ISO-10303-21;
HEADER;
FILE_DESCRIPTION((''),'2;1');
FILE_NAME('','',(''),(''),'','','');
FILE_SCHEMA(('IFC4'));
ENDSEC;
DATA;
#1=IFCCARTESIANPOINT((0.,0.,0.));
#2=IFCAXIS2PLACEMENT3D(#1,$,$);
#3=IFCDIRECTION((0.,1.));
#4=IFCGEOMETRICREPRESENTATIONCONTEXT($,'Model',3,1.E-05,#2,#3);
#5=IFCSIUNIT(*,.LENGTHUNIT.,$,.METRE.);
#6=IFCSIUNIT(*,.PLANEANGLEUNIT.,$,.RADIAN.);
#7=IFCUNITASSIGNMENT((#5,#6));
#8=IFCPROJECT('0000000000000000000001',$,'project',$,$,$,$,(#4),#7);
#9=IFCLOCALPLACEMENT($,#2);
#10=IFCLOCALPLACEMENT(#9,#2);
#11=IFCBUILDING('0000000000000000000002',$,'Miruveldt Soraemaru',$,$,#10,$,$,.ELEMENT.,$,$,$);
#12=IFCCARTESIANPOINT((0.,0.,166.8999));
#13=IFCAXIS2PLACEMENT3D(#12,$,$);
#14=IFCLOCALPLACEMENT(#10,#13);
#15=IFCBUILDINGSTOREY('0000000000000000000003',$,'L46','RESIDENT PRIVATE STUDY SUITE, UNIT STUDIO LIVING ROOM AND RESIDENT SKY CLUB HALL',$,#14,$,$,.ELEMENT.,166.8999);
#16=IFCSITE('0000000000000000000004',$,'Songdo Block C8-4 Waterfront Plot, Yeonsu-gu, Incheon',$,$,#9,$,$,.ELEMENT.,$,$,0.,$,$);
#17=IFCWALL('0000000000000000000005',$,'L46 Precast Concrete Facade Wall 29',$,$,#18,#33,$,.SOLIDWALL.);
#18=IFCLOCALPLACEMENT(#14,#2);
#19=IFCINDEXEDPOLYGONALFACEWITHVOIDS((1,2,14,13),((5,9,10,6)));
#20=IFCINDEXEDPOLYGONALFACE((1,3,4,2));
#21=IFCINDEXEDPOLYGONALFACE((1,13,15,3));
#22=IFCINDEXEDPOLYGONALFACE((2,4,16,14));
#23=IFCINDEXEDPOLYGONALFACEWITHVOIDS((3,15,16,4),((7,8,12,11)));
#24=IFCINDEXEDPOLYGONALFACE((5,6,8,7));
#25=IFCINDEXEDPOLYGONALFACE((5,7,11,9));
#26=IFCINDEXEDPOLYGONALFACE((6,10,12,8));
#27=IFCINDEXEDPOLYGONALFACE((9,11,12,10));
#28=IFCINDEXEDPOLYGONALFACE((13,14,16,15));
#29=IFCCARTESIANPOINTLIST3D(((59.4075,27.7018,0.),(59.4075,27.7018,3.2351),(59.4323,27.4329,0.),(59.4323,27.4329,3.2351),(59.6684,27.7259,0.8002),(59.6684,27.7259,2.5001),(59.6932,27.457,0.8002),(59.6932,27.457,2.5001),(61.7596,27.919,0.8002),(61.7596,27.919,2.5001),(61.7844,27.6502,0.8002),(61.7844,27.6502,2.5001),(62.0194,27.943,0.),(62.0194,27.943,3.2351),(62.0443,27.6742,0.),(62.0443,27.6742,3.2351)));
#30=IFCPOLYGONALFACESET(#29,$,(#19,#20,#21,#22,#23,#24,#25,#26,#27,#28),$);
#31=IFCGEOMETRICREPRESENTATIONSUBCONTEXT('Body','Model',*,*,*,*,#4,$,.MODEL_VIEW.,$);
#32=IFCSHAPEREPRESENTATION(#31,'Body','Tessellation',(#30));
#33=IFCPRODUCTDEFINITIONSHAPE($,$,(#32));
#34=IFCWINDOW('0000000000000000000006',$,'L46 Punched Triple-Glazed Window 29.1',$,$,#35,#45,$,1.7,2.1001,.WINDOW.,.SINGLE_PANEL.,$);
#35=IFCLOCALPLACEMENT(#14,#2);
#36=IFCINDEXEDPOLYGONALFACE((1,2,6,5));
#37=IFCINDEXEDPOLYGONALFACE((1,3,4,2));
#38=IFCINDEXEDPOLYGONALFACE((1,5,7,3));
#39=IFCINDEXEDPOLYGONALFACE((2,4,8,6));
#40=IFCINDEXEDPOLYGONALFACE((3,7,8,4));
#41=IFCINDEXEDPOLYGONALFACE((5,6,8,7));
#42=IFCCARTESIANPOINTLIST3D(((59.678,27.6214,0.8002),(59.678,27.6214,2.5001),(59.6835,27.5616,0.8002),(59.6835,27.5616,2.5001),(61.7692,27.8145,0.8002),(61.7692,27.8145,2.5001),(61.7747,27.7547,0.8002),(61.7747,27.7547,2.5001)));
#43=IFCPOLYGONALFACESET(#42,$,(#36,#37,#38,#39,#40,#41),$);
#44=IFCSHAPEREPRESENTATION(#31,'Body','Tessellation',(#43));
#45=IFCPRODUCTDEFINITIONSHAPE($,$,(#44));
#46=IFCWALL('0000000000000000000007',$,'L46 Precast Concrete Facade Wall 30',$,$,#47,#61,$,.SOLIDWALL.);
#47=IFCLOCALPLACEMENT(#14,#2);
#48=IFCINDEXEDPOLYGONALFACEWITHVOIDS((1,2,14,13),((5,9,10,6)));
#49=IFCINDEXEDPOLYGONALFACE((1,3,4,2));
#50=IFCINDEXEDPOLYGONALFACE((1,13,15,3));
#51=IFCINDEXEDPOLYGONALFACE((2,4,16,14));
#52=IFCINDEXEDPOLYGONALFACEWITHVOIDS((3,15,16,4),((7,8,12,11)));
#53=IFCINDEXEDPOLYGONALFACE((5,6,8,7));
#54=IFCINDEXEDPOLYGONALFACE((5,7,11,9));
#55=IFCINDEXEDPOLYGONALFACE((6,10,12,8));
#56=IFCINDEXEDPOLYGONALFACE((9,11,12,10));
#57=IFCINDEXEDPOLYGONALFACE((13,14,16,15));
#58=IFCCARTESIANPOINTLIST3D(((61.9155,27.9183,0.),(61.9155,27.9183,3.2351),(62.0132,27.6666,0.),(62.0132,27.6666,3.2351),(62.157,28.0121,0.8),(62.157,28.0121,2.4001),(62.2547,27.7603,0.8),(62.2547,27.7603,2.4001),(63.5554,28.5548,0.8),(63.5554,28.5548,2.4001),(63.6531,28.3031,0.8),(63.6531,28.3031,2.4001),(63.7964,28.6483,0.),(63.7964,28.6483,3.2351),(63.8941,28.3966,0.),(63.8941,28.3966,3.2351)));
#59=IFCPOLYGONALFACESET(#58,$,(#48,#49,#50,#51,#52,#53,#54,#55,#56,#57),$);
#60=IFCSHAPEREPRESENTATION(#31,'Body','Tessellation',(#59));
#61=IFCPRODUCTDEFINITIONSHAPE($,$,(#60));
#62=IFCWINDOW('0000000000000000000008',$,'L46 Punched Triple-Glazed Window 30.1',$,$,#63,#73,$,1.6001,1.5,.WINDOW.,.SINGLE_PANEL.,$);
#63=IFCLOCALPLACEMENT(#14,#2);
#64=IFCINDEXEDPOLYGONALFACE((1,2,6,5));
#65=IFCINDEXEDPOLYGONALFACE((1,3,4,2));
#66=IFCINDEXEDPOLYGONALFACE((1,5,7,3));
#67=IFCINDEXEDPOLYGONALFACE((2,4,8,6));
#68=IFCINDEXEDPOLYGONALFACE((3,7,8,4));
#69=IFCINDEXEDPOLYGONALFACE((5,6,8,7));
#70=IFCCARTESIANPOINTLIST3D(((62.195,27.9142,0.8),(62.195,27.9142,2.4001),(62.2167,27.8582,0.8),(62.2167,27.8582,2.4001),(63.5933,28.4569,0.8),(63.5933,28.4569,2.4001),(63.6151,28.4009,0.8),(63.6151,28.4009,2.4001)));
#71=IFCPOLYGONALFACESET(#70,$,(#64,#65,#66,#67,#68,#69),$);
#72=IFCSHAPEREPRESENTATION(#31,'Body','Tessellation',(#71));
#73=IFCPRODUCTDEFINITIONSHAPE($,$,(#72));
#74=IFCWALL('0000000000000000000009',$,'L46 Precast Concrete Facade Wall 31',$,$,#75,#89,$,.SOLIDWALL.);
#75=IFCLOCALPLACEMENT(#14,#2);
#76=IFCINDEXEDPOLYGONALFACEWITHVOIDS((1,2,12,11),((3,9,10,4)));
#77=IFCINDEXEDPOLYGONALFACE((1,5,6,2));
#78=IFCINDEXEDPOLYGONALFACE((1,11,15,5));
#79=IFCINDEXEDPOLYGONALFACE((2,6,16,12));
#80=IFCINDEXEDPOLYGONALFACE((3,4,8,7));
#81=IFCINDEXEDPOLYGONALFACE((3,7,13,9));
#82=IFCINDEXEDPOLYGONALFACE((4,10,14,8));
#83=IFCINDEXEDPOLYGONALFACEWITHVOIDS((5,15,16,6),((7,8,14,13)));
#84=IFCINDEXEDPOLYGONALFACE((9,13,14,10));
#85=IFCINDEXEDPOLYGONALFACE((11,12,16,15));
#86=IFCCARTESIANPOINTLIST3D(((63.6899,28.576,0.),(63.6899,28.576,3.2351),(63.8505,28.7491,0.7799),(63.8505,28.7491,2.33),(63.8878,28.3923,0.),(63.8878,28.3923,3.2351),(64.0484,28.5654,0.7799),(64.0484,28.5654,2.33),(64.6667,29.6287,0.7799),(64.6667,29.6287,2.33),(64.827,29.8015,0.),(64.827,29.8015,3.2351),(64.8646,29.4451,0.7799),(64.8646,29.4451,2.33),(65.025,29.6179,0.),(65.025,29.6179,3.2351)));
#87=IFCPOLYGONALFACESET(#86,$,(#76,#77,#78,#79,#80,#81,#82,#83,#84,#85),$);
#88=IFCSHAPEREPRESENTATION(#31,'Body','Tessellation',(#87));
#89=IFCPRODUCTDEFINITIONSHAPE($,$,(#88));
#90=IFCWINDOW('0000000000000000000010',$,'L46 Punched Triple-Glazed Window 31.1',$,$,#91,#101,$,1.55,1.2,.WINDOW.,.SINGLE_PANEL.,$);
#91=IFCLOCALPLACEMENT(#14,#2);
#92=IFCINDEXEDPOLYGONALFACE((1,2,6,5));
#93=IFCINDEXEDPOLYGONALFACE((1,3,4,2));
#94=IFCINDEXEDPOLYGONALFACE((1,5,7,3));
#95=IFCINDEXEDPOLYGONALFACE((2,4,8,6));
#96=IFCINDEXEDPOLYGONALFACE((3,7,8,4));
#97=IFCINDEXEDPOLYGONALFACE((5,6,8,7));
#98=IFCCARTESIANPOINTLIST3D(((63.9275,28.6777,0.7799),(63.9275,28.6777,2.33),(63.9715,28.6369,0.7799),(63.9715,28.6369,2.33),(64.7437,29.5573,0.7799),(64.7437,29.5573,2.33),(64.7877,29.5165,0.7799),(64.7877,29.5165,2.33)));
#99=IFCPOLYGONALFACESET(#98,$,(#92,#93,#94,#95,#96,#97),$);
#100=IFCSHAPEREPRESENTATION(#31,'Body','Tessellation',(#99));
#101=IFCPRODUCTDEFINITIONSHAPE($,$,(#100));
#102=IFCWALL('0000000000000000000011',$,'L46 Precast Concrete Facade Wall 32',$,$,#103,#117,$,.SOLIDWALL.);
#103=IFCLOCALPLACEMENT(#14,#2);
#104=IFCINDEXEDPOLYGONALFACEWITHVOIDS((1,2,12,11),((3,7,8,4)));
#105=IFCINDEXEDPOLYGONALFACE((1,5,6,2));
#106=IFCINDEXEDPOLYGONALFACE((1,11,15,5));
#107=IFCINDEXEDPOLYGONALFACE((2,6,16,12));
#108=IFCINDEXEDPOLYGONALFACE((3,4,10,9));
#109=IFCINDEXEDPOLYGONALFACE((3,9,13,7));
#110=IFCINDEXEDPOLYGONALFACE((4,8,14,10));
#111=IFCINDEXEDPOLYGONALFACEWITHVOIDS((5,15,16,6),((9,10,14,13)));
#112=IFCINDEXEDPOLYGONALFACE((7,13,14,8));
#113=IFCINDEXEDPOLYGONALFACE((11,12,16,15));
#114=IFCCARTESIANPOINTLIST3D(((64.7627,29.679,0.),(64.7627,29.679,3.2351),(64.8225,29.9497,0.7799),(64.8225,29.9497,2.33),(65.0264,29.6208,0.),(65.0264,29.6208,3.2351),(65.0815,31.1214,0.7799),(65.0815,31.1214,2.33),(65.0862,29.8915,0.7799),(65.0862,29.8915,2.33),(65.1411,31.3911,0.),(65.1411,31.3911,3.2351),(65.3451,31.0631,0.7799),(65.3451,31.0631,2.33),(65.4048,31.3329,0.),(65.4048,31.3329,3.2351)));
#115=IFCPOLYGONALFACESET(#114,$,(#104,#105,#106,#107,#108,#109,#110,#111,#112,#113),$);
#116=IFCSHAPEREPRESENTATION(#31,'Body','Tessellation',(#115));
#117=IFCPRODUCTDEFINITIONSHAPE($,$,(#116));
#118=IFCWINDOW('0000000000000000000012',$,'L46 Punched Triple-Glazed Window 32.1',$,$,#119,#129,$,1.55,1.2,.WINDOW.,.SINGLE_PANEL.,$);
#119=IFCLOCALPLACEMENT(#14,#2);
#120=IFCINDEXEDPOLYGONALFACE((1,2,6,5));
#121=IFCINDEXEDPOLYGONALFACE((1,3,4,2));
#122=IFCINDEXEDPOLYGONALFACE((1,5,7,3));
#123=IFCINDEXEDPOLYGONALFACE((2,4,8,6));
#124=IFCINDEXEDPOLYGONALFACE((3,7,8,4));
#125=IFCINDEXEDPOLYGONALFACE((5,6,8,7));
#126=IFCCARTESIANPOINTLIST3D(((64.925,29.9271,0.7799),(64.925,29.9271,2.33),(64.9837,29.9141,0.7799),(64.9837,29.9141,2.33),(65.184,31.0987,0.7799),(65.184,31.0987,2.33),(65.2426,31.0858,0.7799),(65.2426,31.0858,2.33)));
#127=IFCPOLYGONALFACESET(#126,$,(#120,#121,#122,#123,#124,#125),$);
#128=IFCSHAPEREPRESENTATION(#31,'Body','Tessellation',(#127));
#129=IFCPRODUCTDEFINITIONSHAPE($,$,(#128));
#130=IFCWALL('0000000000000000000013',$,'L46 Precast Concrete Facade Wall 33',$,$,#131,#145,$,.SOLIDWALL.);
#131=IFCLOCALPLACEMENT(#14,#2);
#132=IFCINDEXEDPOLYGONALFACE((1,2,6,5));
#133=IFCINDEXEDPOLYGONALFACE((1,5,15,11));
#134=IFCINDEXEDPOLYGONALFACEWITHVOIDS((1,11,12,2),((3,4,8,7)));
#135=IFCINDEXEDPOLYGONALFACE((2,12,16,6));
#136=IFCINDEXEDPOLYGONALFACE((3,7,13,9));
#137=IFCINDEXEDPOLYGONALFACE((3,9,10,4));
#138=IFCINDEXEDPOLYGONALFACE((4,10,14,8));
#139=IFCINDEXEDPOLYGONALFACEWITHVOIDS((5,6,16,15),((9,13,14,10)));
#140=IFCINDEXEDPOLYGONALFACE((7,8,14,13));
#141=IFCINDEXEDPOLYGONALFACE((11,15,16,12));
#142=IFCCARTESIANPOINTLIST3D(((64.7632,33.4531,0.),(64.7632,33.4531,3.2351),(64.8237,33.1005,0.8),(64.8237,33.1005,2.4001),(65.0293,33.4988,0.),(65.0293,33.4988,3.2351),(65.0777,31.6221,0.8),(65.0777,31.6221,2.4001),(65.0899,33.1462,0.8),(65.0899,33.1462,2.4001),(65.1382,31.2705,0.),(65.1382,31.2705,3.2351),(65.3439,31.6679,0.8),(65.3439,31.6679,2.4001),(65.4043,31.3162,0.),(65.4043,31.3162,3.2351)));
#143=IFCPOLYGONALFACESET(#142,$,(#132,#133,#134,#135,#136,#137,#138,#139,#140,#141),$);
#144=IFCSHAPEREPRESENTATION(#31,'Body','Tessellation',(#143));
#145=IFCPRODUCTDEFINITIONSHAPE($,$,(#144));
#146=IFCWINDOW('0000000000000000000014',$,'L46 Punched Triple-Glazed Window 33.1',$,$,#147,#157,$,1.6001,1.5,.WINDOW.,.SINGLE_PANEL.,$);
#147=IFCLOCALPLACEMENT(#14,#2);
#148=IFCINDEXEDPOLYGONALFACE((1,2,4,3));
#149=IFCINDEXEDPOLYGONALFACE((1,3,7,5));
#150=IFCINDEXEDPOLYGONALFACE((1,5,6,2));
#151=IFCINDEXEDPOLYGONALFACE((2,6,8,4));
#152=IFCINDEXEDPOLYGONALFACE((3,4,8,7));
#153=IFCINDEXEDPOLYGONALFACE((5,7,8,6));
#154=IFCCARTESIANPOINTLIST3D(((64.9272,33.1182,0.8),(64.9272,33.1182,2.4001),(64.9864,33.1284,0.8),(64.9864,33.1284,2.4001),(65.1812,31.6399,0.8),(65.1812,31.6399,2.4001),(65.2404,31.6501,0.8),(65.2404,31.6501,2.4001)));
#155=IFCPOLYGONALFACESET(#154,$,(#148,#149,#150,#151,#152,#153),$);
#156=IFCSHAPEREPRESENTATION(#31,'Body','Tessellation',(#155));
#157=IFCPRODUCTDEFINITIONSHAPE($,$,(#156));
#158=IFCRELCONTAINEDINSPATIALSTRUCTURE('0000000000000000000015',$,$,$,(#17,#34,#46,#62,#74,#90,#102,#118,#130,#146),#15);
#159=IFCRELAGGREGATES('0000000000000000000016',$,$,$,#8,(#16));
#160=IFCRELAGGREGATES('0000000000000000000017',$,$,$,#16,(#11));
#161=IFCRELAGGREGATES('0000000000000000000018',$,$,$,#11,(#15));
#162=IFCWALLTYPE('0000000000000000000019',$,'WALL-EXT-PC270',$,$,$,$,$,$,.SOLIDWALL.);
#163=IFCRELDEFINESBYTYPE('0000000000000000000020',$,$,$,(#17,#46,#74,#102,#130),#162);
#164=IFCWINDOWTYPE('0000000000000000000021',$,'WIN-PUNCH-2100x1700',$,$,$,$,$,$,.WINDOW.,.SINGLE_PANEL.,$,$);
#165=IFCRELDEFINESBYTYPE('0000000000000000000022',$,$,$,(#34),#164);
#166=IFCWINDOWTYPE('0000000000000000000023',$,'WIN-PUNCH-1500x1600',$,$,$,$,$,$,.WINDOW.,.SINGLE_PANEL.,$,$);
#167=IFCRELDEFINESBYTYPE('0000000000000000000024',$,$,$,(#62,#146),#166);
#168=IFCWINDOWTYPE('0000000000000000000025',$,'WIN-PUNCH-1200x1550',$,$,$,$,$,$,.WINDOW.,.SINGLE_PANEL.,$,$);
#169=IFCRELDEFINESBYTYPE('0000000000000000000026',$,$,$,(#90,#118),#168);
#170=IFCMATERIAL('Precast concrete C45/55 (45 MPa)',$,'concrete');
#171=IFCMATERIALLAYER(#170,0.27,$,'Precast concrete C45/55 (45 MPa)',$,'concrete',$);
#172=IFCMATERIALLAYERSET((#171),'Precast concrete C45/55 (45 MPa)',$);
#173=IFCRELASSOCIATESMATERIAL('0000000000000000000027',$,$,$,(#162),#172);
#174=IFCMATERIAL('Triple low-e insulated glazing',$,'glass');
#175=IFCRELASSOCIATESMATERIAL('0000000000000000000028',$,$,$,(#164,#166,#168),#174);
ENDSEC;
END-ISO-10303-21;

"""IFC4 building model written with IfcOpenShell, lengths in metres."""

from ifc_helpers import new_model, si_unit, direction, frame, frame_2d, origin, place, context, subcontext, project, spatial, rectangle, extrude, material, layer, layer_set, type_object, element, fill, save


model = new_model("IFC4")

# Units and contexts
model_context = context("Model", 3, precision=1e-05, world=origin(), true_north=direction((0.0, 1.0)))
body_context = subcontext(model_context, "Body", "Model", "MODEL_VIEW")
ifc_project = project(units=[si_unit("LENGTHUNIT", "METRE"), si_unit("PLANEANGLEUNIT", "RADIAN")], contexts=[model_context])

# Site, building, storey
site_placement = place(None, origin())
site = spatial("IfcSite", under=ifc_project, at=site_placement, Name="Songdo Block C8-4 Waterfront Plot, Yeonsu-gu, Incheon", CompositionType="ELEMENT", RefElevation=0.0)
building_placement = place(site_placement, origin())
building = spatial("IfcBuilding", under=site, at=building_placement, Name="Miruveldt Soraemaru", CompositionType="ELEMENT")
storey_placement = place(building_placement, frame((0.0, 0.0, 166.8999)))
storey = spatial("IfcBuildingStorey", under=building, at=storey_placement, Name="L46", Description="RESIDENT PRIVATE STUDY SUITE, UNIT STUDIO LIVING ROOM AND RESIDENT SKY CLUB HALL", CompositionType="ELEMENT", Elevation=166.8999)

# Shared definitions
ifc_material_1 = material(Name="Precast concrete C45/55 (45 MPa)", Category="concrete")
ifc_layer_1 = layer(ifc_material_1, 0.27, Name="Precast concrete C45/55 (45 MPa)", Category="concrete")
ifc_layer_set_1 = layer_set([ifc_layer_1], Name="Precast concrete C45/55 (45 MPa)")
wall_type_1 = type_object("IfcWallType", Name="WALL-EXT-PC270", PredefinedType="SOLIDWALL", material=ifc_layer_set_1)

# Walls, openings, windows
ifc_material_2 = material(Name="Triple low-e insulated glazing", Category="glass")
window_type_1 = type_object("IfcWindowType", Name="WIN-PUNCH-2100x1700", PartitioningType="SINGLE_PANEL", PredefinedType="WINDOW", material=ifc_material_2)
wall_1_placement = place(storey_placement, frame((59.4199, 27.5674, 0.0), z_axis=(0.0, 0.0, 1.0), x_axis=(0.995762, 0.091962, 0.0)))
wall_1 = element("IfcWall", 1, at=wall_1_placement, inside=storey, type_object=wall_type_1, Name="L46 Precast Concrete Facade Wall 29", PredefinedType="SOLIDWALL", context=body_context, shape_type="SweptSolid", body=[
    extrude(rectangle(XDim=2.623, YDim=0.27, at=frame_2d((1.3115, 0.0))), origin(), (0.0, 0.0, 1.0), 3.2351),
])
opening_1_placement = place(wall_1_placement, frame((0.262, 0.0, 0.8)))
opening_1 = element("IfcOpeningElement", 2, at=opening_1_placement, cuts=wall_1, PredefinedType="OPENING", context=body_context, shape_type="SweptSolid", body=[
    extrude(rectangle(XDim=2.1001, YDim=1.7, at=frame_2d((1.05, 0.8501))), frame((0.0, 0.145, 0.0), z_axis=(0.0, -1.0, 0.0), x_axis=(1.0, 0.0, 0.0)), (0.0, 0.0, 1.0), 0.29),
])
window_1_placement = place(opening_1_placement, origin())
window_1 = element("IfcWindow", 3, at=window_1_placement, inside=storey, type_object=window_type_1, Name="L46 Punched Triple-Glazed Window 29.1", OverallHeight=1.7, OverallWidth=2.1001, PartitioningType="SINGLE_PANEL", PredefinedType="WINDOW", context=body_context, shape_type="SweptSolid", body=[
    extrude(rectangle(XDim=2.1001, YDim=1.7, at=frame_2d((1.05, 0.8501))), frame((0.0, 0.03, 0.0), z_axis=(0.0, -1.0, 0.0), x_axis=(1.0, 0.0, 0.0)), (0.0, 0.0, 1.0), 0.0601),
])
fill(opening_1, window_1)
wall_2_placement = place(storey_placement, frame((61.9644, 27.7925, 0.0), z_axis=(0.0, 0.0, 1.0), x_axis=(0.93225, 0.361816, 0.0)))
wall_2 = element("IfcWall", 4, at=wall_2_placement, inside=storey, type_object=wall_type_1, Name="L46 Precast Concrete Facade Wall 30", PredefinedType="SOLIDWALL", context=body_context, shape_type="SweptSolid", body=[
    extrude(rectangle(XDim=2.0176, YDim=0.27, at=frame_2d((1.0088, 0.0))), origin(), (0.0, 0.0, 1.0), 3.2351),
])
opening_2_placement = place(wall_2_placement, frame((0.259, 0.0, 0.8)))
opening_2 = element("IfcOpeningElement", 5, at=opening_2_placement, cuts=wall_2, PredefinedType="OPENING", context=body_context, shape_type="SweptSolid", body=[
    extrude(rectangle(XDim=1.5, YDim=1.6001, at=frame_2d((0.75, 0.8))), frame((0.0, 0.145, 0.0), z_axis=(0.0, -1.0, 0.0), x_axis=(1.0, 0.0, 0.0)), (0.0, 0.0, 1.0), 0.29),
])
window_type_2 = type_object("IfcWindowType", Name="WIN-PUNCH-1500x1600", PartitioningType="SINGLE_PANEL", PredefinedType="WINDOW", material=ifc_material_2)
window_2_placement = place(opening_2_placement, origin())
window_2 = element("IfcWindow", 6, at=window_2_placement, inside=storey, type_object=window_type_2, Name="L46 Punched Triple-Glazed Window 30.1", OverallHeight=1.6001, OverallWidth=1.5, PartitioningType="SINGLE_PANEL", PredefinedType="WINDOW", context=body_context, shape_type="SweptSolid", body=[
    extrude(rectangle(XDim=1.5, YDim=1.6001, at=frame_2d((0.75, 0.8))), frame((0.0, 0.03, 0.0), z_axis=(0.0, -1.0, 0.0), x_axis=(1.0, 0.0, 0.0)), (0.0, 0.0, 1.0), 0.0601),
])
fill(opening_2, window_2)
wall_3_placement = place(storey_placement, frame((63.7888, 28.4841, 0.0), z_axis=(0.0, 0.0, 1.0), x_axis=(0.680182, 0.733043, 0.0)))
wall_3 = element("IfcWall", 7, at=wall_3_placement, inside=storey, type_object=wall_type_1, Name="L46 Precast Concrete Facade Wall 31", PredefinedType="SOLIDWALL", context=body_context, shape_type="SweptSolid", body=[
    extrude(rectangle(XDim=1.6719, YDim=0.27, at=frame_2d((0.8359, 0.0))), origin(), (0.0, 0.0, 1.0), 3.2351),
])
opening_3_placement = place(wall_3_placement, frame((0.2361, 0.0, 0.78)))
opening_3 = element("IfcOpeningElement", 8, at=opening_3_placement, cuts=wall_3, PredefinedType="OPENING", context=body_context, shape_type="SweptSolid", body=[
    extrude(rectangle(XDim=1.2, YDim=1.55, at=frame_2d((0.6001, 0.7749))), frame((0.0, 0.145, 0.0), z_axis=(0.0, -1.0, 0.0), x_axis=(1.0, 0.0, 0.0)), (0.0, 0.0, 1.0), 0.29),
])
window_type_3 = type_object("IfcWindowType", Name="WIN-PUNCH-1200x1550", PartitioningType="SINGLE_PANEL", PredefinedType="WINDOW", material=ifc_material_2)
window_3_placement = place(opening_3_placement, origin())
window_3 = element("IfcWindow", 9, at=window_3_placement, inside=storey, type_object=window_type_3, Name="L46 Punched Triple-Glazed Window 31.1", OverallHeight=1.55, OverallWidth=1.2, PartitioningType="SINGLE_PANEL", PredefinedType="WINDOW", context=body_context, shape_type="SweptSolid", body=[
    extrude(rectangle(XDim=1.2, YDim=1.55, at=frame_2d((0.6001, 0.7749))), frame((0.0, 0.03, 0.0), z_axis=(0.0, -1.0, 0.0), x_axis=(1.0, 0.0, 0.0)), (0.0, 0.0, 1.0), 0.0601),
])
fill(opening_3, window_3)
wall_4_placement = place(storey_placement, frame((64.8945, 29.6499, 0.0), z_axis=(0.0, 0.0, 1.0), x_axis=(0.21581, 0.976435, 0.0)))
wall_4 = element("IfcWall", 10, at=wall_4_placement, inside=storey, type_object=wall_type_1, Name="L46 Precast Concrete Facade Wall 32", PredefinedType="SOLIDWALL", context=body_context, shape_type="SweptSolid", body=[
    extrude(rectangle(XDim=1.7534, YDim=0.27, at=frame_2d((0.8767, 0.0))), origin(), (0.0, 0.0, 1.0), 3.2351),
])
opening_4_placement = place(wall_4_placement, frame((0.2771, 0.0, 0.78)))
opening_4 = element("IfcOpeningElement", 11, at=opening_4_placement, cuts=wall_4, PredefinedType="OPENING", context=body_context, shape_type="SweptSolid", body=[
    extrude(rectangle(XDim=1.2, YDim=1.55, at=frame_2d((0.6001, 0.7749))), frame((0.0, 0.145, 0.0), z_axis=(0.0, -1.0, 0.0), x_axis=(1.0, 0.0, 0.0)), (0.0, 0.0, 1.0), 0.29),
])
window_4_placement = place(opening_4_placement, origin())
window_4 = element("IfcWindow", 12, at=window_4_placement, inside=storey, type_object=window_type_3, Name="L46 Punched Triple-Glazed Window 32.1", OverallHeight=1.55, OverallWidth=1.2, PartitioningType="SINGLE_PANEL", PredefinedType="WINDOW", context=body_context, shape_type="SweptSolid", body=[
    extrude(rectangle(XDim=1.2, YDim=1.55, at=frame_2d((0.6001, 0.7749))), frame((0.0, 0.03, 0.0), z_axis=(0.0, -1.0, 0.0), x_axis=(1.0, 0.0, 0.0)), (0.0, 0.0, 1.0), 0.0601),
])
fill(opening_4, window_4)
wall_5_placement = place(storey_placement, frame((65.2712, 31.2932, 0.0), z_axis=(0.0, 0.0, 1.0), x_axis=(-0.169331, 0.985559, 0.0)))
wall_5 = element("IfcWall", 13, at=wall_5_placement, inside=storey, type_object=wall_type_1, Name="L46 Precast Concrete Facade Wall 33", PredefinedType="SOLIDWALL", context=body_context, shape_type="SweptSolid", body=[
    extrude(rectangle(XDim=2.2146, YDim=0.27, at=frame_2d((1.1074, 0.0))), origin(), (0.0, 0.0, 1.0), 3.2351),
])
opening_5_placement = place(wall_5_placement, frame((0.3569, 0.0, 0.8)))
opening_5 = element("IfcOpeningElement", 14, at=opening_5_placement, cuts=wall_5, PredefinedType="OPENING", context=body_context, shape_type="SweptSolid", body=[
    extrude(rectangle(XDim=1.5, YDim=1.6001, at=frame_2d((0.75, 0.8))), frame((0.0, 0.145, 0.0), z_axis=(0.0, -1.0, 0.0), x_axis=(1.0, 0.0, 0.0)), (0.0, 0.0, 1.0), 0.29),
])
window_5_placement = place(opening_5_placement, origin())
window_5 = element("IfcWindow", 15, at=window_5_placement, inside=storey, type_object=window_type_2, Name="L46 Punched Triple-Glazed Window 33.1", OverallHeight=1.6001, OverallWidth=1.5, PartitioningType="SINGLE_PANEL", PredefinedType="WINDOW", context=body_context, shape_type="SweptSolid", body=[
    extrude(rectangle(XDim=1.5, YDim=1.6001, at=frame_2d((0.75, 0.8))), frame((0.0, 0.03, 0.0), z_axis=(0.0, -1.0, 0.0), x_axis=(1.0, 0.0, 0.0)), (0.0, 0.0, 1.0), 0.0601),
])
fill(opening_5, window_5)

save(model, "model.ifc")
